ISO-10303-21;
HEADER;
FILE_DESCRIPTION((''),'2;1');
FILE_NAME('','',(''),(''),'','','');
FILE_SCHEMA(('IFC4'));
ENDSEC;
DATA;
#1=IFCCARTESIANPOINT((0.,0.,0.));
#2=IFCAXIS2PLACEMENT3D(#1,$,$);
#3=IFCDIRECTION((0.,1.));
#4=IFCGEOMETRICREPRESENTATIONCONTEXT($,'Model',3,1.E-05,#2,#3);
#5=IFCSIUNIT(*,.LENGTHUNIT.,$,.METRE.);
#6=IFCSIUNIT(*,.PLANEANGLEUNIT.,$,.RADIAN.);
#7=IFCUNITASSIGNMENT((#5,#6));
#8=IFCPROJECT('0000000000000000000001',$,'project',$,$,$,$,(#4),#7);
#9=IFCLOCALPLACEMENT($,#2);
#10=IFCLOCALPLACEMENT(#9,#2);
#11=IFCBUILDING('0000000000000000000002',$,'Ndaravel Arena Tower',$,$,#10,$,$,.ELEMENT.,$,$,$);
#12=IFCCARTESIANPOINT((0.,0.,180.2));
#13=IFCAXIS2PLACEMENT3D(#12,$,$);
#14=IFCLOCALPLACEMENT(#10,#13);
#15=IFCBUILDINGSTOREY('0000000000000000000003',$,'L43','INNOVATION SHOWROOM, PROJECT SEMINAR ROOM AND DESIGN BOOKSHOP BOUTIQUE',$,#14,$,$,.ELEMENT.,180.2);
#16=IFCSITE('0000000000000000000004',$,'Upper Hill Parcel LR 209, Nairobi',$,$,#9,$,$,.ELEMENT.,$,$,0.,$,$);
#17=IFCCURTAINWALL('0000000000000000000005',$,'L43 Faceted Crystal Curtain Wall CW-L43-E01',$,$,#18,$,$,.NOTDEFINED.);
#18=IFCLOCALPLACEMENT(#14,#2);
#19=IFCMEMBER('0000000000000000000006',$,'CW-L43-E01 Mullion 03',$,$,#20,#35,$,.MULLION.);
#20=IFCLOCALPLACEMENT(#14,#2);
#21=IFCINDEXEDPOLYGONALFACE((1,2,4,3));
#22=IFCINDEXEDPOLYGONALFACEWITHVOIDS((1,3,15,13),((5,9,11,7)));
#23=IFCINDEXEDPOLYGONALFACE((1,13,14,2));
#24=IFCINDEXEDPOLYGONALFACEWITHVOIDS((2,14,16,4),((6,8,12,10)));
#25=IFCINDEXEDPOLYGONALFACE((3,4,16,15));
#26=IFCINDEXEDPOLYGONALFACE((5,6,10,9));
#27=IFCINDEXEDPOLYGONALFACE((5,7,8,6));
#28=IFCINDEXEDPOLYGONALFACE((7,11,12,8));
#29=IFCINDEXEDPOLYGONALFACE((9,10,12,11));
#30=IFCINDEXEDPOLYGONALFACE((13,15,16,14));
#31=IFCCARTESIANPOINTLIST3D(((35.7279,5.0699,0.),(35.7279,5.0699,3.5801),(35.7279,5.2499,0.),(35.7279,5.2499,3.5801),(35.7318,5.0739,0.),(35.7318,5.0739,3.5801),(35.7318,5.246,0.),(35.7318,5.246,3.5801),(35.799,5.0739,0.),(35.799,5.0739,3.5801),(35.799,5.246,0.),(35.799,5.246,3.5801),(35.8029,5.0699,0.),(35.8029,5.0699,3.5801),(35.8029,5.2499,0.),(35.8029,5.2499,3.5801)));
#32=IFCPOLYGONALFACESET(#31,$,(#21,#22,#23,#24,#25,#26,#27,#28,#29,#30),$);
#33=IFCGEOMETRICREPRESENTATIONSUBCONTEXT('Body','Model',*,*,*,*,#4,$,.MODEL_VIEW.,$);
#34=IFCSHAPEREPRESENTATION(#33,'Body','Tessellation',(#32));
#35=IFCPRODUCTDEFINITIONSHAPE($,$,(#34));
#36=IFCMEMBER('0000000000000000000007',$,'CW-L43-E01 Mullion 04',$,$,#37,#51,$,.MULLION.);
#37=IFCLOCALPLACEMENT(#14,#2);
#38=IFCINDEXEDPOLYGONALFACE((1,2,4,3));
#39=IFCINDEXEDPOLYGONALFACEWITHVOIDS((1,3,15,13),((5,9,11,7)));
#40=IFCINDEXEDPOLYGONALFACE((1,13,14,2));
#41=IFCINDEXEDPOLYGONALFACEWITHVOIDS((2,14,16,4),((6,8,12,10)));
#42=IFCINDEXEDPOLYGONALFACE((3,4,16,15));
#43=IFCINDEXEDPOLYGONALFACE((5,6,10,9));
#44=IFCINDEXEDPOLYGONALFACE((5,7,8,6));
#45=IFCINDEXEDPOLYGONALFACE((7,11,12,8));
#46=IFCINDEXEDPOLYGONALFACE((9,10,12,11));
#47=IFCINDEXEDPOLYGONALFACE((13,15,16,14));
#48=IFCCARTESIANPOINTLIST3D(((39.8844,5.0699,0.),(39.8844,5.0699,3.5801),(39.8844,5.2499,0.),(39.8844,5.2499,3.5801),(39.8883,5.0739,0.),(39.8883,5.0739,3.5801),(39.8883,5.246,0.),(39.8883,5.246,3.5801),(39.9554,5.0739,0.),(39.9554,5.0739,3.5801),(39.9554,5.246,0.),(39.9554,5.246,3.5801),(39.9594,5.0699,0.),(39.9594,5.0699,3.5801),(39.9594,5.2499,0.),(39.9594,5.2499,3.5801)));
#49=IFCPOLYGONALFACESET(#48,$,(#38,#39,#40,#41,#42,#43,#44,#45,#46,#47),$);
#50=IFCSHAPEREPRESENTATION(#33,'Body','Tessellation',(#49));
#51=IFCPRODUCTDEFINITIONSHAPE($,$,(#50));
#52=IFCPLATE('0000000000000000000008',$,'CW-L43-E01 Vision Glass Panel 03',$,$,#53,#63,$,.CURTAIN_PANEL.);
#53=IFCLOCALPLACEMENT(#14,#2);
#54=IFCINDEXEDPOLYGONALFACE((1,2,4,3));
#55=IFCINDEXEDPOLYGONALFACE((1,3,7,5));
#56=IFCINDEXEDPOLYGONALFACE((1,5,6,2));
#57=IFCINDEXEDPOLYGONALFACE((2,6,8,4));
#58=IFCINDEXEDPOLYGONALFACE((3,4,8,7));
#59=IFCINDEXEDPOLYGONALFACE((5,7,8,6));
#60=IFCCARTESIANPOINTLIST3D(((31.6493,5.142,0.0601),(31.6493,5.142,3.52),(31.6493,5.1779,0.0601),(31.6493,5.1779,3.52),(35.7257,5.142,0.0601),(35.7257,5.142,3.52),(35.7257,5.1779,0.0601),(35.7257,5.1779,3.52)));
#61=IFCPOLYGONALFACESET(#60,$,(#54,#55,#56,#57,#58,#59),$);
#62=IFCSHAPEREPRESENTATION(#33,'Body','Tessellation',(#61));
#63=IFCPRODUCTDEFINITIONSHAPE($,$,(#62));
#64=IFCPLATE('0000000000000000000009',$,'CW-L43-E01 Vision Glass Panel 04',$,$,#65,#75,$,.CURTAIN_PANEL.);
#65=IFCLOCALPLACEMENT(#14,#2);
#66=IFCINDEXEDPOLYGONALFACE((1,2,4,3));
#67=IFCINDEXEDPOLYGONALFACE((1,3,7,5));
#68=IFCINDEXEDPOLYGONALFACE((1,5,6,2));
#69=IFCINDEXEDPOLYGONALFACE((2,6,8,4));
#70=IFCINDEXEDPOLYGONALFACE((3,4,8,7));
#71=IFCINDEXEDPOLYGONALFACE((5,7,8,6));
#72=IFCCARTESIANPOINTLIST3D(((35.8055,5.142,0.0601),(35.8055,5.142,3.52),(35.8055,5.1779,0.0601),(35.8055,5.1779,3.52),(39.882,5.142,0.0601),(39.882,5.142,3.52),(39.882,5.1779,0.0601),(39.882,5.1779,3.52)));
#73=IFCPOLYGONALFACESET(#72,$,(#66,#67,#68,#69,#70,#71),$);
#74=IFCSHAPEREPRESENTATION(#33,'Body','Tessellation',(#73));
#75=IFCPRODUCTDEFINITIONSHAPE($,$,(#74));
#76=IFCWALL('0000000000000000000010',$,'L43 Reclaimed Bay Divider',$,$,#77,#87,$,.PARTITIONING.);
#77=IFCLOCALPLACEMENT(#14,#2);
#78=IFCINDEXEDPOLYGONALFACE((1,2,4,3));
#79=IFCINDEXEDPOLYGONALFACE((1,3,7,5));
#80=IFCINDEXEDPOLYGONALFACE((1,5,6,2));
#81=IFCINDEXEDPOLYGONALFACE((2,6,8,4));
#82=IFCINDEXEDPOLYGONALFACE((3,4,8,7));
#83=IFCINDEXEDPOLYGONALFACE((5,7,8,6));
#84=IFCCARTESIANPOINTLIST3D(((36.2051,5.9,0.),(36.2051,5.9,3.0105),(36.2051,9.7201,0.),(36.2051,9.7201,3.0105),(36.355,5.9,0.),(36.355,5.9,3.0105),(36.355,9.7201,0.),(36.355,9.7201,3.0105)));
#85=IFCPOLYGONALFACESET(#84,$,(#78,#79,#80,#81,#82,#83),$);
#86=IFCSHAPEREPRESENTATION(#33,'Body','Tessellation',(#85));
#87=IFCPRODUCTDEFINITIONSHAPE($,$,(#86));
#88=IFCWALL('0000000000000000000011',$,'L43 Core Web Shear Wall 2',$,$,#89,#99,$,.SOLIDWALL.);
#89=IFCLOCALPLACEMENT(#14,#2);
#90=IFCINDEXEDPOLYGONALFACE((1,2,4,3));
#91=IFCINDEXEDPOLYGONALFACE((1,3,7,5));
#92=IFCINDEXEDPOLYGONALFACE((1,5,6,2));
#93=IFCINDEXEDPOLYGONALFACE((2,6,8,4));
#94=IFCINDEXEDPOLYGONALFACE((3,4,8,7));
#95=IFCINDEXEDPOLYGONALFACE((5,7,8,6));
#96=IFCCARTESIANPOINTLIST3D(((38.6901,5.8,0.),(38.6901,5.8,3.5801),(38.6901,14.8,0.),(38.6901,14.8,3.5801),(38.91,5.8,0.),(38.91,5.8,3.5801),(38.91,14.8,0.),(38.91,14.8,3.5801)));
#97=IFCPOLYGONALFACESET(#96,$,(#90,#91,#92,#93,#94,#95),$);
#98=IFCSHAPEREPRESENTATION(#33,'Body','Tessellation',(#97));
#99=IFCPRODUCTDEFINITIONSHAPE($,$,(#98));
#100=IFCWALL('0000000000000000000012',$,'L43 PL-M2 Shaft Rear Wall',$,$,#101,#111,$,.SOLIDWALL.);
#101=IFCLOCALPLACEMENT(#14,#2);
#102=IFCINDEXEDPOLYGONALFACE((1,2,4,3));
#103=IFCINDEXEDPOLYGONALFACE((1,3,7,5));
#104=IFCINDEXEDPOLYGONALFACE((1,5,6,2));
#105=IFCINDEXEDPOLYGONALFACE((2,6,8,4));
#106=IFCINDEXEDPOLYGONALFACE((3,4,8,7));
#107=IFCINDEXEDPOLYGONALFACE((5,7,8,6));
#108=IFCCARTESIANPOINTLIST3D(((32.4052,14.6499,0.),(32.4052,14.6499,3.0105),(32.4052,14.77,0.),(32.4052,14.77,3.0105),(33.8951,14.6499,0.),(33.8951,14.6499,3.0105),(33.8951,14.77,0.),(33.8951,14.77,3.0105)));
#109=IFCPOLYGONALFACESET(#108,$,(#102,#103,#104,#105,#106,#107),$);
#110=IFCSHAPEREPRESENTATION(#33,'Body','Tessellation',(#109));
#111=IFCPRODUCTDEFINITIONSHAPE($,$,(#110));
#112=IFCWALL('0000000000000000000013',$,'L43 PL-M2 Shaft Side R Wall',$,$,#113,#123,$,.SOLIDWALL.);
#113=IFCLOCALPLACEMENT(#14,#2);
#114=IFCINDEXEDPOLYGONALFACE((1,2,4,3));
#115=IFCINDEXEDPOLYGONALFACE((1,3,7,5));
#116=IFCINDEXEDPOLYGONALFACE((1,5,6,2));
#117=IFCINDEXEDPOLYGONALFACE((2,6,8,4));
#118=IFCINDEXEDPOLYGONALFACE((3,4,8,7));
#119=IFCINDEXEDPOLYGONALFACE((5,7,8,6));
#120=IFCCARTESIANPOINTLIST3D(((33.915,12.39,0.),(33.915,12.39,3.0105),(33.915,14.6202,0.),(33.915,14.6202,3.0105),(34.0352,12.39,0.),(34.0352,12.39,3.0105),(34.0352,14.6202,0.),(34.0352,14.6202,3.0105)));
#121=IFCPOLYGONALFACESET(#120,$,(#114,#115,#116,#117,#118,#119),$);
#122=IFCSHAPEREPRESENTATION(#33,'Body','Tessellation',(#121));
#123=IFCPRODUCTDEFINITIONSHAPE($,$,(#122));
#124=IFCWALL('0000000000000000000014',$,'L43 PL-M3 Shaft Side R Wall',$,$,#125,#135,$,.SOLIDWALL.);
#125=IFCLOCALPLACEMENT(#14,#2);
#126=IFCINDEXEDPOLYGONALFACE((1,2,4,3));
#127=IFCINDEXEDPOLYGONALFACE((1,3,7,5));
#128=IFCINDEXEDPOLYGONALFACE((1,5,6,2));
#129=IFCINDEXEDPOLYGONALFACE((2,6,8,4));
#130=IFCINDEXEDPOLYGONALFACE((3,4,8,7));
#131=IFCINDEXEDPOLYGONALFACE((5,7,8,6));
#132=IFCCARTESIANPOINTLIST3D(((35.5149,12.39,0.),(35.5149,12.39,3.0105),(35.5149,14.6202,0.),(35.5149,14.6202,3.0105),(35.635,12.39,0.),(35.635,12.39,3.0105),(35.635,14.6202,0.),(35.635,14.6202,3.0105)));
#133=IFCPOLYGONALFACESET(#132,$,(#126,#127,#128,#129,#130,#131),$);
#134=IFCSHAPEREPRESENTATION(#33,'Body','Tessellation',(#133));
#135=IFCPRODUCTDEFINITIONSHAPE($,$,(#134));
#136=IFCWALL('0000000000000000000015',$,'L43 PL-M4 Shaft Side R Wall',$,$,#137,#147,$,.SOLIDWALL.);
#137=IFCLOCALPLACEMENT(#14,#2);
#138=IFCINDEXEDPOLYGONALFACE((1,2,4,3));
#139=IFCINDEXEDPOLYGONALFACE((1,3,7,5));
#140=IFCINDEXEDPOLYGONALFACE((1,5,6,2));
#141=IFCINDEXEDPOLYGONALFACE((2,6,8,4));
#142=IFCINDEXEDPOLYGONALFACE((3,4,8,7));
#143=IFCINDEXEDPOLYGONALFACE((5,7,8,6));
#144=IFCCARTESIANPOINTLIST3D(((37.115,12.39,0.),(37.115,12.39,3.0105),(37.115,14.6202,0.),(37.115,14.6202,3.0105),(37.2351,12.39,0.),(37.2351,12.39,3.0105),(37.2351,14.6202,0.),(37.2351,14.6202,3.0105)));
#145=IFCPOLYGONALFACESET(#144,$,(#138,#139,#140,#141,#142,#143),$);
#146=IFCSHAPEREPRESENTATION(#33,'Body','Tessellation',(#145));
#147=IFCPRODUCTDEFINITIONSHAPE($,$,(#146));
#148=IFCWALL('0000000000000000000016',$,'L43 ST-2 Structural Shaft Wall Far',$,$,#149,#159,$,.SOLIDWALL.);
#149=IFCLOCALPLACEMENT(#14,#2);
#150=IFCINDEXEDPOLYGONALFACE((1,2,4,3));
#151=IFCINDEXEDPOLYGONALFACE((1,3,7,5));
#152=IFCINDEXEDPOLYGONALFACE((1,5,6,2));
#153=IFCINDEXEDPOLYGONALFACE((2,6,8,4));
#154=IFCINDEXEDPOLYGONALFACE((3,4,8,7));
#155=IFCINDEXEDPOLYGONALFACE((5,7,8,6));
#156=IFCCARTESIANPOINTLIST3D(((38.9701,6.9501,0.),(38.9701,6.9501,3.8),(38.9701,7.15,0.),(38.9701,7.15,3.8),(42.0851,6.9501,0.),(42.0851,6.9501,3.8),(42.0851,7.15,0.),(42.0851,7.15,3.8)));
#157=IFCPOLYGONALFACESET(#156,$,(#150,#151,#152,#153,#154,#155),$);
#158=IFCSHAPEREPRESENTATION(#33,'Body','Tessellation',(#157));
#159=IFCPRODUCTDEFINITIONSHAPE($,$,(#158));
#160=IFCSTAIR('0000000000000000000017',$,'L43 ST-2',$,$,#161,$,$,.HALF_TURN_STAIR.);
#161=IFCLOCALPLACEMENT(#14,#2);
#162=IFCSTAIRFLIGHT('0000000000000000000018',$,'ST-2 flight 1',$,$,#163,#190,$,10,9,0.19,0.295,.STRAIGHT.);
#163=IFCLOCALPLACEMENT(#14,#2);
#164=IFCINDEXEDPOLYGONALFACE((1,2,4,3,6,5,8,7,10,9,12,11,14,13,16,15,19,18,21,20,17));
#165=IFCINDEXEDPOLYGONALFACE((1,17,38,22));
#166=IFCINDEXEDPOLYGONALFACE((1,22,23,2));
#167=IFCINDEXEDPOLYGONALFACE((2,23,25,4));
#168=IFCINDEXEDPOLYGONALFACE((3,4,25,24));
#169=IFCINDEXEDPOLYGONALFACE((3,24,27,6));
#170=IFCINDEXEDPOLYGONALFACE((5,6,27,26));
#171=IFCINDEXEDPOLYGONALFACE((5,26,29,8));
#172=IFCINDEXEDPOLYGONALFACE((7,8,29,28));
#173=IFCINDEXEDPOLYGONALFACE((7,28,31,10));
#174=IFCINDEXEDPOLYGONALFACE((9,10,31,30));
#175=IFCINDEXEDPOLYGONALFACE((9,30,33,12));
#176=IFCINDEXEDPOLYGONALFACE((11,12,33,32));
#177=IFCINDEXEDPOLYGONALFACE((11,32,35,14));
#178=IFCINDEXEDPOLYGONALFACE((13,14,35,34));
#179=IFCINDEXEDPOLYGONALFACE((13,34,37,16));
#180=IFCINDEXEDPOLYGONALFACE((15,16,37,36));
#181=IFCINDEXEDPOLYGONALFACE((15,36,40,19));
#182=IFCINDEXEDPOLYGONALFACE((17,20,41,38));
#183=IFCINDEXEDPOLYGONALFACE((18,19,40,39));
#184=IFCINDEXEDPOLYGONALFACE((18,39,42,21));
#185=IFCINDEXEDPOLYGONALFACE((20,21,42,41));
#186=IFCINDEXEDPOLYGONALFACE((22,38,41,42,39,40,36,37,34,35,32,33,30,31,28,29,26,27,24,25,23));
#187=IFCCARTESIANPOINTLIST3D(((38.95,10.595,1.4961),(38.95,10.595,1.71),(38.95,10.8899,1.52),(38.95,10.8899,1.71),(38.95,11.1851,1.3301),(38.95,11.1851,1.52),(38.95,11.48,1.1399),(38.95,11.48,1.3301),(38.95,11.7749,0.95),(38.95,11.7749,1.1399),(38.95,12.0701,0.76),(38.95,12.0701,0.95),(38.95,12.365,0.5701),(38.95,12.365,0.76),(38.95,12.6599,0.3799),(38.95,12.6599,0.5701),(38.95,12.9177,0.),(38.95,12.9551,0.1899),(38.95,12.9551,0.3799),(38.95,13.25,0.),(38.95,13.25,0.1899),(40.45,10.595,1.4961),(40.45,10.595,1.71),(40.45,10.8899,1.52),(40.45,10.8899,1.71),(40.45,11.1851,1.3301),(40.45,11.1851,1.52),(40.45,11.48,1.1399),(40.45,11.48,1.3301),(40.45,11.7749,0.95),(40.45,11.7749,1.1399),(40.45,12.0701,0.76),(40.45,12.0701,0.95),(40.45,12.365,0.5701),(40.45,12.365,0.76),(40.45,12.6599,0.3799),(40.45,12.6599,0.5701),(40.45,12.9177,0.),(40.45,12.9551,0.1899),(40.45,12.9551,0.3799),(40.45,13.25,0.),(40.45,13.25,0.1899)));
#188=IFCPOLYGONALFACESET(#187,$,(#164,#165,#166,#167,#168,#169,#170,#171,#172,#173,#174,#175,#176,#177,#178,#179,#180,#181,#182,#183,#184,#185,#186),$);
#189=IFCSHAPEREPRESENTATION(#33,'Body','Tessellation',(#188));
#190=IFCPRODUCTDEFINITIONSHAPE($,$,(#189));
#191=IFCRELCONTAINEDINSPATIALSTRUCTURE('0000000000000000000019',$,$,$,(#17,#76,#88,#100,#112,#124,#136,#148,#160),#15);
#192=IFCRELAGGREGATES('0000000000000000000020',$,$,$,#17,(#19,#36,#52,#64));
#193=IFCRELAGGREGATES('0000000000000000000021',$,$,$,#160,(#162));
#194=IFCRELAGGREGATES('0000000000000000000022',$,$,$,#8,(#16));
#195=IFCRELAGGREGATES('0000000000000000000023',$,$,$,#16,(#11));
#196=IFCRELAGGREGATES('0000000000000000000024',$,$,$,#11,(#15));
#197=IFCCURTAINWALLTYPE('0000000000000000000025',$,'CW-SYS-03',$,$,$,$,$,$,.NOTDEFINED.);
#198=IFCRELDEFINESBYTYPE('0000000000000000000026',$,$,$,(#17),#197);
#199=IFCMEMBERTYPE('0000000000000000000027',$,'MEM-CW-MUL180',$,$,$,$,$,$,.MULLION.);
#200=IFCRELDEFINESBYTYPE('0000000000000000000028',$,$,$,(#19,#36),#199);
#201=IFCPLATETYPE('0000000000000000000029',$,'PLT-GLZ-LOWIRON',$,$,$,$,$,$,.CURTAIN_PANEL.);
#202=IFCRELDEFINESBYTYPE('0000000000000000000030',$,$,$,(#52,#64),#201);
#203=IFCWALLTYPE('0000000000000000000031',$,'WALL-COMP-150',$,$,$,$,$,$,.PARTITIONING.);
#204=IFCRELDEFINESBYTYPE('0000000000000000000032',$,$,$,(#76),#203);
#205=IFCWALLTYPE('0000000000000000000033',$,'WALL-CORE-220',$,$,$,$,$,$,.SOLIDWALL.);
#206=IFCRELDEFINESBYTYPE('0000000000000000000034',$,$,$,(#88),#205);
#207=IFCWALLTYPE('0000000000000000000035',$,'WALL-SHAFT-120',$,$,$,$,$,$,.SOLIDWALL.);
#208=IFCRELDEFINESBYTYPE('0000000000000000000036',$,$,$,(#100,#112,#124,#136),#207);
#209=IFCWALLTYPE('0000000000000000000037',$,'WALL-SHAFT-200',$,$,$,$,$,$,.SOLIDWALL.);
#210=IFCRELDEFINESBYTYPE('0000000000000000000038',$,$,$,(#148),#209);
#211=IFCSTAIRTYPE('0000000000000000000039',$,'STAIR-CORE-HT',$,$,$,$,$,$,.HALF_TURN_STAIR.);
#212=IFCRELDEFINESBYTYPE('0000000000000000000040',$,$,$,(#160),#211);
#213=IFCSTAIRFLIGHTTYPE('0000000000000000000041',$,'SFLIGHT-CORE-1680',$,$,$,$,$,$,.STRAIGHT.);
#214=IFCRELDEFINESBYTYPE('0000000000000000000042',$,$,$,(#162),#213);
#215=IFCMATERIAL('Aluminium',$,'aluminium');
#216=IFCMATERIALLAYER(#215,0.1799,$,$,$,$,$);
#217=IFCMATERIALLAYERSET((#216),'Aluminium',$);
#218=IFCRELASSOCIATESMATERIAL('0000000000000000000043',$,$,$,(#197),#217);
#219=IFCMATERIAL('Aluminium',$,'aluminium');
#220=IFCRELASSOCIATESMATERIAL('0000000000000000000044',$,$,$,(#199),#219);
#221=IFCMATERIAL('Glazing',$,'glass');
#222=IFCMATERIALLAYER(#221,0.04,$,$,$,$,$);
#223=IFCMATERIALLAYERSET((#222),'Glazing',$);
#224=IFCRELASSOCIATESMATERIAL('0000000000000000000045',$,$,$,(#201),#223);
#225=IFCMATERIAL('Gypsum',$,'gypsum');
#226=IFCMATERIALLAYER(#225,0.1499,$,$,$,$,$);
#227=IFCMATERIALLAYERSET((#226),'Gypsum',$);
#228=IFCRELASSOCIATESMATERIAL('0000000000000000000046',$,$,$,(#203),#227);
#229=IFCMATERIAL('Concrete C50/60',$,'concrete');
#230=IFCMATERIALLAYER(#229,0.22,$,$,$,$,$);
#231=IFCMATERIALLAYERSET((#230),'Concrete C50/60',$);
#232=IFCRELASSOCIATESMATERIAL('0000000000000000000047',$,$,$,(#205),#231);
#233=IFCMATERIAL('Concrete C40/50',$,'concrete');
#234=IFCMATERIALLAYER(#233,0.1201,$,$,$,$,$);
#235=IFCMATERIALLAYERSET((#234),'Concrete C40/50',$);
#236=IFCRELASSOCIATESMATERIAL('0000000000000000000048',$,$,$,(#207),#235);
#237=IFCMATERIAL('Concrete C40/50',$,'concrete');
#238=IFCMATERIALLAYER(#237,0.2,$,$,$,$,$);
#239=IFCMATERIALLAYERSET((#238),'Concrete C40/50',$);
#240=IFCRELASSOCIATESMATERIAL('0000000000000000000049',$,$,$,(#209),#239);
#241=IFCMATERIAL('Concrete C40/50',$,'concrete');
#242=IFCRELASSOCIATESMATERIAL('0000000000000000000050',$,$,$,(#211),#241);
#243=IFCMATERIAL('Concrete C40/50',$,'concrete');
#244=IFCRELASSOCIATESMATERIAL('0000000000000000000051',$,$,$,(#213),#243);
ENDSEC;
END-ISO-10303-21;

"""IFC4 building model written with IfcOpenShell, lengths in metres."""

from ifc_helpers import new_model, si_unit, direction, frame, frame_2d, origin, origin_2d, place, context, subcontext, project, spatial, polyline, rectangle, hollow_rectangle, outline, extrude, material, layer, layer_set, material_profile, profile_set, type_object, element, aggregate, save


model = new_model("IFC4")

# Units and contexts
model_context = context("Model", 3, precision=1e-05, world=origin(), true_north=direction((0.0, 1.0)))
body_context = subcontext(model_context, "Body", "Model", "MODEL_VIEW")
ifc_project = project(units=[si_unit("LENGTHUNIT", "METRE"), si_unit("PLANEANGLEUNIT", "RADIAN")], contexts=[model_context])

# Site, building, storey
site_placement = place(None, origin())
site = spatial("IfcSite", under=ifc_project, at=site_placement, Name="Upper Hill Parcel LR 209, Nairobi", CompositionType="ELEMENT", RefElevation=0.0)
building_placement = place(site_placement, origin())
building = spatial("IfcBuilding", under=site, at=building_placement, Name="Ndaravel Arena Tower", CompositionType="ELEMENT")
storey_placement = place(building_placement, frame((0.0, 0.0, 180.2)))
storey = spatial("IfcBuildingStorey", under=building, at=storey_placement, Name="L43", Description="INNOVATION SHOWROOM, PROJECT SEMINAR ROOM AND DESIGN BOOKSHOP BOUTIQUE", CompositionType="ELEMENT", Elevation=180.2)

# Curtain wall, members, plates
ifc_material_1 = material(Name="Aluminium", Category="aluminium")
ifc_layer_1 = layer(ifc_material_1, 0.1799)
ifc_layer_set_1 = layer_set([ifc_layer_1], Name="Aluminium")
curtain_wall_type = type_object("IfcCurtainWallType", Name="CW-SYS-03", PredefinedType="NOTDEFINED", material=ifc_layer_set_1)
curtain_wall_placement = place(storey_placement, origin())
curtain_wall = element("IfcCurtainWall", 1, at=curtain_wall_placement, inside=storey, type_object=curtain_wall_type, Name="L43 Faceted Crystal Curtain Wall CW-L43-E01", PredefinedType="NOTDEFINED")
ifc_material_2 = material(Name="Aluminium", Category="aluminium")
ifc_material_profile = material_profile(ifc_material_2, hollow_rectangle(XDim=0.075, YDim=0.1799, WallThickness=0.0039, at=origin_2d()), Name="CW MULLION 75x180x4")
ifc_profile_set = profile_set([ifc_material_profile], Name="Aluminium")
member_type = type_object("IfcMemberType", Name="MEM-CW-MUL180", PredefinedType="MULLION", material=ifc_profile_set)
member_1_placement = place(storey_placement, frame((35.7654, 5.1599, 0.0), z_axis=(0.0, 0.0, 1.0), x_axis=(1.0, 0.0, 0.0)))
member_1 = element("IfcMember", 2, at=member_1_placement, type_object=member_type, Name="CW-L43-E01 Mullion 03", PredefinedType="MULLION", context=body_context, shape_type="SweptSolid", body=[
    extrude(hollow_rectangle(XDim=0.075, YDim=0.1799, WallThickness=0.0039, at=origin_2d()), origin(), (0.0, 0.0, 1.0), 3.5801),
])
member_2_placement = place(storey_placement, frame((39.9219, 5.1599, 0.0), z_axis=(0.0, 0.0, 1.0), x_axis=(1.0, 0.0, 0.0)))
member_2 = element("IfcMember", 3, at=member_2_placement, type_object=member_type, Name="CW-L43-E01 Mullion 04", PredefinedType="MULLION", context=body_context, shape_type="SweptSolid", body=[
    extrude(hollow_rectangle(XDim=0.075, YDim=0.1799, WallThickness=0.0039, at=origin_2d()), origin(), (0.0, 0.0, 1.0), 3.5801),
])
ifc_material_3 = material(Name="Glazing", Category="glass")
ifc_layer_2 = layer(ifc_material_3, 0.04)
ifc_layer_set_2 = layer_set([ifc_layer_2], Name="Glazing")
plate_type = type_object("IfcPlateType", Name="PLT-GLZ-LOWIRON", PredefinedType="CURTAIN_PANEL", material=ifc_layer_set_2)
plate_1_placement = place(storey_placement, frame((33.6875, 5.1599, 0.0601), z_axis=(0.0, 0.0, 1.0), x_axis=(1.0, 0.0, 0.0)))
plate_1 = element("IfcPlate", 4, at=plate_1_placement, type_object=plate_type, Name="CW-L43-E01 Vision Glass Panel 03", PredefinedType="CURTAIN_PANEL", context=body_context, shape_type="SweptSolid", body=[
    extrude(rectangle(XDim=4.0764, YDim=0.0359, at=origin_2d()), origin(), (0.0, 0.0, 1.0), 3.46),
])
plate_2_placement = place(storey_placement, frame((37.8438, 5.1599, 0.0601), z_axis=(0.0, 0.0, 1.0), x_axis=(1.0, 0.0, 0.0)))
plate_2 = element("IfcPlate", 5, at=plate_2_placement, type_object=plate_type, Name="CW-L43-E01 Vision Glass Panel 04", PredefinedType="CURTAIN_PANEL", context=body_context, shape_type="SweptSolid", body=[
    extrude(rectangle(XDim=4.0764, YDim=0.0359, at=origin_2d()), origin(), (0.0, 0.0, 1.0), 3.46),
])
aggregate(curtain_wall, [member_1, member_2, plate_1, plate_2])

# Walls
ifc_material_4 = material(Name="Gypsum", Category="gypsum")
ifc_layer_3 = layer(ifc_material_4, 0.1499)
ifc_layer_set_3 = layer_set([ifc_layer_3], Name="Gypsum")
wall_type_1 = type_object("IfcWallType", Name="WALL-COMP-150", PredefinedType="PARTITIONING", material=ifc_layer_set_3)
wall_1_placement = place(storey_placement, frame((36.28, 5.8999, 0.0), z_axis=(0.0, 0.0, 1.0), x_axis=(0.0, 1.0, 0.0)))
element("IfcWall", 6, at=wall_1_placement, inside=storey, type_object=wall_type_1, Name="L43 Reclaimed Bay Divider", PredefinedType="PARTITIONING", context=body_context, shape_type="SweptSolid", body=[
    extrude(rectangle(XDim=3.8201, YDim=0.1499, at=frame_2d((1.9102, 0.0))), origin(), (0.0, 0.0, 1.0), 3.0105),
])
ifc_material_5 = material(Name="Concrete C50/60", Category="concrete")
ifc_layer_4 = layer(ifc_material_5, 0.22)
ifc_layer_set_4 = layer_set([ifc_layer_4], Name="Concrete C50/60")
wall_type_2 = type_object("IfcWallType", Name="WALL-CORE-220", PredefinedType="SOLIDWALL", material=ifc_layer_set_4)
wall_2_placement = place(storey_placement, frame((38.8, 5.8, 0.0), z_axis=(0.0, 0.0, 1.0), x_axis=(0.0, 1.0, 0.0)))
element("IfcWall", 7, at=wall_2_placement, inside=storey, type_object=wall_type_2, Name="L43 Core Web Shear Wall 2", PredefinedType="SOLIDWALL", context=body_context, shape_type="SweptSolid", body=[
    extrude(rectangle(XDim=9.0, YDim=0.22, at=frame_2d((4.5, 0.0))), origin(), (0.0, 0.0, 1.0), 3.5801),
])
ifc_material_6 = material(Name="Concrete C40/50", Category="concrete")
ifc_layer_5 = layer(ifc_material_6, 0.1201)
ifc_layer_set_5 = layer_set([ifc_layer_5], Name="Concrete C40/50")
wall_type_3 = type_object("IfcWallType", Name="WALL-SHAFT-120", PredefinedType="SOLIDWALL", material=ifc_layer_set_5)
wall_3_placement = place(storey_placement, frame((32.405, 14.71, 0.0), z_axis=(0.0, 0.0, 1.0), x_axis=(1.0, 0.0, 0.0)))
element("IfcWall", 8, at=wall_3_placement, inside=storey, type_object=wall_type_3, Name="L43 PL-M2 Shaft Rear Wall", PredefinedType="SOLIDWALL", context=body_context, shape_type="SweptSolid", body=[
    extrude(rectangle(XDim=1.49, YDim=0.1201, at=frame_2d((0.7451, 0.0))), origin(), (0.0, 0.0, 1.0), 3.0105),
])
for number, where, z_axis, x_axis, name in (
    (9, (33.9751, 12.3899, 0.0), (0.0, 0.0, 1.0), (0.0, 1.0, 0.0), "L43 PL-M2 Shaft Side R Wall"),
    (10, (35.575, 12.3899, 0.0), (0.0, 0.0, 1.0), (0.0, 1.0, 0.0), "L43 PL-M3 Shaft Side R Wall"),
    (11, (37.175, 12.3899, 0.0), (0.0, 0.0, 1.0), (0.0, 1.0, 0.0), "L43 PL-M4 Shaft Side R Wall"),
):
    element("IfcWall", number, at=place(storey_placement, frame(where, z_axis=z_axis, x_axis=x_axis)), inside=storey, type_object=wall_type_3, Name=name, PredefinedType="SOLIDWALL", context=body_context, shape_type="SweptSolid", body=[
        extrude(rectangle(XDim=2.2302, YDim=0.1201, at=frame_2d((1.1152, 0.0))), origin(), (0.0, 0.0, 1.0), 3.0105),
    ])
ifc_material_7 = material(Name="Concrete C40/50", Category="concrete")
ifc_layer_6 = layer(ifc_material_7, 0.2)
ifc_layer_set_6 = layer_set([ifc_layer_6], Name="Concrete C40/50")
wall_type_4 = type_object("IfcWallType", Name="WALL-SHAFT-200", PredefinedType="SOLIDWALL", material=ifc_layer_set_6)
wall_4_placement = place(storey_placement, frame((38.97, 7.05, 0.0), z_axis=(0.0, 0.0, 1.0), x_axis=(1.0, 0.0, 0.0)))
element("IfcWall", 12, at=wall_4_placement, inside=storey, type_object=wall_type_4, Name="L43 ST-2 Structural Shaft Wall Far", PredefinedType="SOLIDWALL", context=body_context, shape_type="SweptSolid", body=[
    extrude(rectangle(XDim=3.115, YDim=0.2, at=frame_2d((1.5576, 0.0))), origin(), (0.0, 0.0, 1.0), 3.8),
])

# Stair, stair flight
ifc_material_8 = material(Name="Concrete C40/50", Category="concrete")
stair_type = type_object("IfcStairType", Name="STAIR-CORE-HT", PredefinedType="HALF_TURN_STAIR", material=ifc_material_8)
stair_placement = place(storey_placement, origin())
stair = element("IfcStair", 13, at=stair_placement, inside=storey, type_object=stair_type, Name="L43 ST-2", PredefinedType="HALF_TURN_STAIR")
ifc_material_9 = material(Name="Concrete C40/50", Category="concrete")
stair_flight_type = type_object("IfcStairFlightType", Name="SFLIGHT-CORE-1680", PredefinedType="STRAIGHT", material=ifc_material_9)
stair_flight_1_placement = place(storey_placement, frame((39.7, 13.25, 0.0), z_axis=(0.0, 0.0, 1.0), x_axis=(0.0, -1.0, 0.0)))
stair_flight_1 = element("IfcStairFlight", 14, at=stair_flight_1_placement, type_object=stair_flight_type, Name="ST-2 flight 1", NumberOfRisers=10, NumberOfTreads=9, PredefinedType="STRAIGHT", RiserHeight=0.19, TreadLength=0.295, context=body_context, shape_type="SweptSolid", body=[
    extrude(outline(polyline([(0.0, 0.0), (0.0, 0.1899), (0.2949, 0.1899), (0.2949, 0.3799), (0.5901, 0.3799), (0.5901, 0.5701), (0.885, 0.5701), (0.885, 0.76), (1.1799, 0.76), (1.1799, 0.95), (1.4751, 0.95), (1.4751, 1.1399), (1.77, 1.1399), (1.77, 1.3301), (2.0649, 1.3301), (2.0649, 1.52), (2.3601, 1.52), (2.3601, 1.71), (2.655, 1.71), (2.655, 1.8999), (2.655, 1.4961), (0.3323, 0.0), (0.0, 0.0)])), frame((0.0, 0.75, 0.0), z_axis=(0.0, -1.0, 0.0), x_axis=(1.0, 0.0, 0.0)), (0.0, 0.0, 1.0), 1.5),
])
aggregate(stair, [stair_flight_1])

save(model, "model.ifc")
